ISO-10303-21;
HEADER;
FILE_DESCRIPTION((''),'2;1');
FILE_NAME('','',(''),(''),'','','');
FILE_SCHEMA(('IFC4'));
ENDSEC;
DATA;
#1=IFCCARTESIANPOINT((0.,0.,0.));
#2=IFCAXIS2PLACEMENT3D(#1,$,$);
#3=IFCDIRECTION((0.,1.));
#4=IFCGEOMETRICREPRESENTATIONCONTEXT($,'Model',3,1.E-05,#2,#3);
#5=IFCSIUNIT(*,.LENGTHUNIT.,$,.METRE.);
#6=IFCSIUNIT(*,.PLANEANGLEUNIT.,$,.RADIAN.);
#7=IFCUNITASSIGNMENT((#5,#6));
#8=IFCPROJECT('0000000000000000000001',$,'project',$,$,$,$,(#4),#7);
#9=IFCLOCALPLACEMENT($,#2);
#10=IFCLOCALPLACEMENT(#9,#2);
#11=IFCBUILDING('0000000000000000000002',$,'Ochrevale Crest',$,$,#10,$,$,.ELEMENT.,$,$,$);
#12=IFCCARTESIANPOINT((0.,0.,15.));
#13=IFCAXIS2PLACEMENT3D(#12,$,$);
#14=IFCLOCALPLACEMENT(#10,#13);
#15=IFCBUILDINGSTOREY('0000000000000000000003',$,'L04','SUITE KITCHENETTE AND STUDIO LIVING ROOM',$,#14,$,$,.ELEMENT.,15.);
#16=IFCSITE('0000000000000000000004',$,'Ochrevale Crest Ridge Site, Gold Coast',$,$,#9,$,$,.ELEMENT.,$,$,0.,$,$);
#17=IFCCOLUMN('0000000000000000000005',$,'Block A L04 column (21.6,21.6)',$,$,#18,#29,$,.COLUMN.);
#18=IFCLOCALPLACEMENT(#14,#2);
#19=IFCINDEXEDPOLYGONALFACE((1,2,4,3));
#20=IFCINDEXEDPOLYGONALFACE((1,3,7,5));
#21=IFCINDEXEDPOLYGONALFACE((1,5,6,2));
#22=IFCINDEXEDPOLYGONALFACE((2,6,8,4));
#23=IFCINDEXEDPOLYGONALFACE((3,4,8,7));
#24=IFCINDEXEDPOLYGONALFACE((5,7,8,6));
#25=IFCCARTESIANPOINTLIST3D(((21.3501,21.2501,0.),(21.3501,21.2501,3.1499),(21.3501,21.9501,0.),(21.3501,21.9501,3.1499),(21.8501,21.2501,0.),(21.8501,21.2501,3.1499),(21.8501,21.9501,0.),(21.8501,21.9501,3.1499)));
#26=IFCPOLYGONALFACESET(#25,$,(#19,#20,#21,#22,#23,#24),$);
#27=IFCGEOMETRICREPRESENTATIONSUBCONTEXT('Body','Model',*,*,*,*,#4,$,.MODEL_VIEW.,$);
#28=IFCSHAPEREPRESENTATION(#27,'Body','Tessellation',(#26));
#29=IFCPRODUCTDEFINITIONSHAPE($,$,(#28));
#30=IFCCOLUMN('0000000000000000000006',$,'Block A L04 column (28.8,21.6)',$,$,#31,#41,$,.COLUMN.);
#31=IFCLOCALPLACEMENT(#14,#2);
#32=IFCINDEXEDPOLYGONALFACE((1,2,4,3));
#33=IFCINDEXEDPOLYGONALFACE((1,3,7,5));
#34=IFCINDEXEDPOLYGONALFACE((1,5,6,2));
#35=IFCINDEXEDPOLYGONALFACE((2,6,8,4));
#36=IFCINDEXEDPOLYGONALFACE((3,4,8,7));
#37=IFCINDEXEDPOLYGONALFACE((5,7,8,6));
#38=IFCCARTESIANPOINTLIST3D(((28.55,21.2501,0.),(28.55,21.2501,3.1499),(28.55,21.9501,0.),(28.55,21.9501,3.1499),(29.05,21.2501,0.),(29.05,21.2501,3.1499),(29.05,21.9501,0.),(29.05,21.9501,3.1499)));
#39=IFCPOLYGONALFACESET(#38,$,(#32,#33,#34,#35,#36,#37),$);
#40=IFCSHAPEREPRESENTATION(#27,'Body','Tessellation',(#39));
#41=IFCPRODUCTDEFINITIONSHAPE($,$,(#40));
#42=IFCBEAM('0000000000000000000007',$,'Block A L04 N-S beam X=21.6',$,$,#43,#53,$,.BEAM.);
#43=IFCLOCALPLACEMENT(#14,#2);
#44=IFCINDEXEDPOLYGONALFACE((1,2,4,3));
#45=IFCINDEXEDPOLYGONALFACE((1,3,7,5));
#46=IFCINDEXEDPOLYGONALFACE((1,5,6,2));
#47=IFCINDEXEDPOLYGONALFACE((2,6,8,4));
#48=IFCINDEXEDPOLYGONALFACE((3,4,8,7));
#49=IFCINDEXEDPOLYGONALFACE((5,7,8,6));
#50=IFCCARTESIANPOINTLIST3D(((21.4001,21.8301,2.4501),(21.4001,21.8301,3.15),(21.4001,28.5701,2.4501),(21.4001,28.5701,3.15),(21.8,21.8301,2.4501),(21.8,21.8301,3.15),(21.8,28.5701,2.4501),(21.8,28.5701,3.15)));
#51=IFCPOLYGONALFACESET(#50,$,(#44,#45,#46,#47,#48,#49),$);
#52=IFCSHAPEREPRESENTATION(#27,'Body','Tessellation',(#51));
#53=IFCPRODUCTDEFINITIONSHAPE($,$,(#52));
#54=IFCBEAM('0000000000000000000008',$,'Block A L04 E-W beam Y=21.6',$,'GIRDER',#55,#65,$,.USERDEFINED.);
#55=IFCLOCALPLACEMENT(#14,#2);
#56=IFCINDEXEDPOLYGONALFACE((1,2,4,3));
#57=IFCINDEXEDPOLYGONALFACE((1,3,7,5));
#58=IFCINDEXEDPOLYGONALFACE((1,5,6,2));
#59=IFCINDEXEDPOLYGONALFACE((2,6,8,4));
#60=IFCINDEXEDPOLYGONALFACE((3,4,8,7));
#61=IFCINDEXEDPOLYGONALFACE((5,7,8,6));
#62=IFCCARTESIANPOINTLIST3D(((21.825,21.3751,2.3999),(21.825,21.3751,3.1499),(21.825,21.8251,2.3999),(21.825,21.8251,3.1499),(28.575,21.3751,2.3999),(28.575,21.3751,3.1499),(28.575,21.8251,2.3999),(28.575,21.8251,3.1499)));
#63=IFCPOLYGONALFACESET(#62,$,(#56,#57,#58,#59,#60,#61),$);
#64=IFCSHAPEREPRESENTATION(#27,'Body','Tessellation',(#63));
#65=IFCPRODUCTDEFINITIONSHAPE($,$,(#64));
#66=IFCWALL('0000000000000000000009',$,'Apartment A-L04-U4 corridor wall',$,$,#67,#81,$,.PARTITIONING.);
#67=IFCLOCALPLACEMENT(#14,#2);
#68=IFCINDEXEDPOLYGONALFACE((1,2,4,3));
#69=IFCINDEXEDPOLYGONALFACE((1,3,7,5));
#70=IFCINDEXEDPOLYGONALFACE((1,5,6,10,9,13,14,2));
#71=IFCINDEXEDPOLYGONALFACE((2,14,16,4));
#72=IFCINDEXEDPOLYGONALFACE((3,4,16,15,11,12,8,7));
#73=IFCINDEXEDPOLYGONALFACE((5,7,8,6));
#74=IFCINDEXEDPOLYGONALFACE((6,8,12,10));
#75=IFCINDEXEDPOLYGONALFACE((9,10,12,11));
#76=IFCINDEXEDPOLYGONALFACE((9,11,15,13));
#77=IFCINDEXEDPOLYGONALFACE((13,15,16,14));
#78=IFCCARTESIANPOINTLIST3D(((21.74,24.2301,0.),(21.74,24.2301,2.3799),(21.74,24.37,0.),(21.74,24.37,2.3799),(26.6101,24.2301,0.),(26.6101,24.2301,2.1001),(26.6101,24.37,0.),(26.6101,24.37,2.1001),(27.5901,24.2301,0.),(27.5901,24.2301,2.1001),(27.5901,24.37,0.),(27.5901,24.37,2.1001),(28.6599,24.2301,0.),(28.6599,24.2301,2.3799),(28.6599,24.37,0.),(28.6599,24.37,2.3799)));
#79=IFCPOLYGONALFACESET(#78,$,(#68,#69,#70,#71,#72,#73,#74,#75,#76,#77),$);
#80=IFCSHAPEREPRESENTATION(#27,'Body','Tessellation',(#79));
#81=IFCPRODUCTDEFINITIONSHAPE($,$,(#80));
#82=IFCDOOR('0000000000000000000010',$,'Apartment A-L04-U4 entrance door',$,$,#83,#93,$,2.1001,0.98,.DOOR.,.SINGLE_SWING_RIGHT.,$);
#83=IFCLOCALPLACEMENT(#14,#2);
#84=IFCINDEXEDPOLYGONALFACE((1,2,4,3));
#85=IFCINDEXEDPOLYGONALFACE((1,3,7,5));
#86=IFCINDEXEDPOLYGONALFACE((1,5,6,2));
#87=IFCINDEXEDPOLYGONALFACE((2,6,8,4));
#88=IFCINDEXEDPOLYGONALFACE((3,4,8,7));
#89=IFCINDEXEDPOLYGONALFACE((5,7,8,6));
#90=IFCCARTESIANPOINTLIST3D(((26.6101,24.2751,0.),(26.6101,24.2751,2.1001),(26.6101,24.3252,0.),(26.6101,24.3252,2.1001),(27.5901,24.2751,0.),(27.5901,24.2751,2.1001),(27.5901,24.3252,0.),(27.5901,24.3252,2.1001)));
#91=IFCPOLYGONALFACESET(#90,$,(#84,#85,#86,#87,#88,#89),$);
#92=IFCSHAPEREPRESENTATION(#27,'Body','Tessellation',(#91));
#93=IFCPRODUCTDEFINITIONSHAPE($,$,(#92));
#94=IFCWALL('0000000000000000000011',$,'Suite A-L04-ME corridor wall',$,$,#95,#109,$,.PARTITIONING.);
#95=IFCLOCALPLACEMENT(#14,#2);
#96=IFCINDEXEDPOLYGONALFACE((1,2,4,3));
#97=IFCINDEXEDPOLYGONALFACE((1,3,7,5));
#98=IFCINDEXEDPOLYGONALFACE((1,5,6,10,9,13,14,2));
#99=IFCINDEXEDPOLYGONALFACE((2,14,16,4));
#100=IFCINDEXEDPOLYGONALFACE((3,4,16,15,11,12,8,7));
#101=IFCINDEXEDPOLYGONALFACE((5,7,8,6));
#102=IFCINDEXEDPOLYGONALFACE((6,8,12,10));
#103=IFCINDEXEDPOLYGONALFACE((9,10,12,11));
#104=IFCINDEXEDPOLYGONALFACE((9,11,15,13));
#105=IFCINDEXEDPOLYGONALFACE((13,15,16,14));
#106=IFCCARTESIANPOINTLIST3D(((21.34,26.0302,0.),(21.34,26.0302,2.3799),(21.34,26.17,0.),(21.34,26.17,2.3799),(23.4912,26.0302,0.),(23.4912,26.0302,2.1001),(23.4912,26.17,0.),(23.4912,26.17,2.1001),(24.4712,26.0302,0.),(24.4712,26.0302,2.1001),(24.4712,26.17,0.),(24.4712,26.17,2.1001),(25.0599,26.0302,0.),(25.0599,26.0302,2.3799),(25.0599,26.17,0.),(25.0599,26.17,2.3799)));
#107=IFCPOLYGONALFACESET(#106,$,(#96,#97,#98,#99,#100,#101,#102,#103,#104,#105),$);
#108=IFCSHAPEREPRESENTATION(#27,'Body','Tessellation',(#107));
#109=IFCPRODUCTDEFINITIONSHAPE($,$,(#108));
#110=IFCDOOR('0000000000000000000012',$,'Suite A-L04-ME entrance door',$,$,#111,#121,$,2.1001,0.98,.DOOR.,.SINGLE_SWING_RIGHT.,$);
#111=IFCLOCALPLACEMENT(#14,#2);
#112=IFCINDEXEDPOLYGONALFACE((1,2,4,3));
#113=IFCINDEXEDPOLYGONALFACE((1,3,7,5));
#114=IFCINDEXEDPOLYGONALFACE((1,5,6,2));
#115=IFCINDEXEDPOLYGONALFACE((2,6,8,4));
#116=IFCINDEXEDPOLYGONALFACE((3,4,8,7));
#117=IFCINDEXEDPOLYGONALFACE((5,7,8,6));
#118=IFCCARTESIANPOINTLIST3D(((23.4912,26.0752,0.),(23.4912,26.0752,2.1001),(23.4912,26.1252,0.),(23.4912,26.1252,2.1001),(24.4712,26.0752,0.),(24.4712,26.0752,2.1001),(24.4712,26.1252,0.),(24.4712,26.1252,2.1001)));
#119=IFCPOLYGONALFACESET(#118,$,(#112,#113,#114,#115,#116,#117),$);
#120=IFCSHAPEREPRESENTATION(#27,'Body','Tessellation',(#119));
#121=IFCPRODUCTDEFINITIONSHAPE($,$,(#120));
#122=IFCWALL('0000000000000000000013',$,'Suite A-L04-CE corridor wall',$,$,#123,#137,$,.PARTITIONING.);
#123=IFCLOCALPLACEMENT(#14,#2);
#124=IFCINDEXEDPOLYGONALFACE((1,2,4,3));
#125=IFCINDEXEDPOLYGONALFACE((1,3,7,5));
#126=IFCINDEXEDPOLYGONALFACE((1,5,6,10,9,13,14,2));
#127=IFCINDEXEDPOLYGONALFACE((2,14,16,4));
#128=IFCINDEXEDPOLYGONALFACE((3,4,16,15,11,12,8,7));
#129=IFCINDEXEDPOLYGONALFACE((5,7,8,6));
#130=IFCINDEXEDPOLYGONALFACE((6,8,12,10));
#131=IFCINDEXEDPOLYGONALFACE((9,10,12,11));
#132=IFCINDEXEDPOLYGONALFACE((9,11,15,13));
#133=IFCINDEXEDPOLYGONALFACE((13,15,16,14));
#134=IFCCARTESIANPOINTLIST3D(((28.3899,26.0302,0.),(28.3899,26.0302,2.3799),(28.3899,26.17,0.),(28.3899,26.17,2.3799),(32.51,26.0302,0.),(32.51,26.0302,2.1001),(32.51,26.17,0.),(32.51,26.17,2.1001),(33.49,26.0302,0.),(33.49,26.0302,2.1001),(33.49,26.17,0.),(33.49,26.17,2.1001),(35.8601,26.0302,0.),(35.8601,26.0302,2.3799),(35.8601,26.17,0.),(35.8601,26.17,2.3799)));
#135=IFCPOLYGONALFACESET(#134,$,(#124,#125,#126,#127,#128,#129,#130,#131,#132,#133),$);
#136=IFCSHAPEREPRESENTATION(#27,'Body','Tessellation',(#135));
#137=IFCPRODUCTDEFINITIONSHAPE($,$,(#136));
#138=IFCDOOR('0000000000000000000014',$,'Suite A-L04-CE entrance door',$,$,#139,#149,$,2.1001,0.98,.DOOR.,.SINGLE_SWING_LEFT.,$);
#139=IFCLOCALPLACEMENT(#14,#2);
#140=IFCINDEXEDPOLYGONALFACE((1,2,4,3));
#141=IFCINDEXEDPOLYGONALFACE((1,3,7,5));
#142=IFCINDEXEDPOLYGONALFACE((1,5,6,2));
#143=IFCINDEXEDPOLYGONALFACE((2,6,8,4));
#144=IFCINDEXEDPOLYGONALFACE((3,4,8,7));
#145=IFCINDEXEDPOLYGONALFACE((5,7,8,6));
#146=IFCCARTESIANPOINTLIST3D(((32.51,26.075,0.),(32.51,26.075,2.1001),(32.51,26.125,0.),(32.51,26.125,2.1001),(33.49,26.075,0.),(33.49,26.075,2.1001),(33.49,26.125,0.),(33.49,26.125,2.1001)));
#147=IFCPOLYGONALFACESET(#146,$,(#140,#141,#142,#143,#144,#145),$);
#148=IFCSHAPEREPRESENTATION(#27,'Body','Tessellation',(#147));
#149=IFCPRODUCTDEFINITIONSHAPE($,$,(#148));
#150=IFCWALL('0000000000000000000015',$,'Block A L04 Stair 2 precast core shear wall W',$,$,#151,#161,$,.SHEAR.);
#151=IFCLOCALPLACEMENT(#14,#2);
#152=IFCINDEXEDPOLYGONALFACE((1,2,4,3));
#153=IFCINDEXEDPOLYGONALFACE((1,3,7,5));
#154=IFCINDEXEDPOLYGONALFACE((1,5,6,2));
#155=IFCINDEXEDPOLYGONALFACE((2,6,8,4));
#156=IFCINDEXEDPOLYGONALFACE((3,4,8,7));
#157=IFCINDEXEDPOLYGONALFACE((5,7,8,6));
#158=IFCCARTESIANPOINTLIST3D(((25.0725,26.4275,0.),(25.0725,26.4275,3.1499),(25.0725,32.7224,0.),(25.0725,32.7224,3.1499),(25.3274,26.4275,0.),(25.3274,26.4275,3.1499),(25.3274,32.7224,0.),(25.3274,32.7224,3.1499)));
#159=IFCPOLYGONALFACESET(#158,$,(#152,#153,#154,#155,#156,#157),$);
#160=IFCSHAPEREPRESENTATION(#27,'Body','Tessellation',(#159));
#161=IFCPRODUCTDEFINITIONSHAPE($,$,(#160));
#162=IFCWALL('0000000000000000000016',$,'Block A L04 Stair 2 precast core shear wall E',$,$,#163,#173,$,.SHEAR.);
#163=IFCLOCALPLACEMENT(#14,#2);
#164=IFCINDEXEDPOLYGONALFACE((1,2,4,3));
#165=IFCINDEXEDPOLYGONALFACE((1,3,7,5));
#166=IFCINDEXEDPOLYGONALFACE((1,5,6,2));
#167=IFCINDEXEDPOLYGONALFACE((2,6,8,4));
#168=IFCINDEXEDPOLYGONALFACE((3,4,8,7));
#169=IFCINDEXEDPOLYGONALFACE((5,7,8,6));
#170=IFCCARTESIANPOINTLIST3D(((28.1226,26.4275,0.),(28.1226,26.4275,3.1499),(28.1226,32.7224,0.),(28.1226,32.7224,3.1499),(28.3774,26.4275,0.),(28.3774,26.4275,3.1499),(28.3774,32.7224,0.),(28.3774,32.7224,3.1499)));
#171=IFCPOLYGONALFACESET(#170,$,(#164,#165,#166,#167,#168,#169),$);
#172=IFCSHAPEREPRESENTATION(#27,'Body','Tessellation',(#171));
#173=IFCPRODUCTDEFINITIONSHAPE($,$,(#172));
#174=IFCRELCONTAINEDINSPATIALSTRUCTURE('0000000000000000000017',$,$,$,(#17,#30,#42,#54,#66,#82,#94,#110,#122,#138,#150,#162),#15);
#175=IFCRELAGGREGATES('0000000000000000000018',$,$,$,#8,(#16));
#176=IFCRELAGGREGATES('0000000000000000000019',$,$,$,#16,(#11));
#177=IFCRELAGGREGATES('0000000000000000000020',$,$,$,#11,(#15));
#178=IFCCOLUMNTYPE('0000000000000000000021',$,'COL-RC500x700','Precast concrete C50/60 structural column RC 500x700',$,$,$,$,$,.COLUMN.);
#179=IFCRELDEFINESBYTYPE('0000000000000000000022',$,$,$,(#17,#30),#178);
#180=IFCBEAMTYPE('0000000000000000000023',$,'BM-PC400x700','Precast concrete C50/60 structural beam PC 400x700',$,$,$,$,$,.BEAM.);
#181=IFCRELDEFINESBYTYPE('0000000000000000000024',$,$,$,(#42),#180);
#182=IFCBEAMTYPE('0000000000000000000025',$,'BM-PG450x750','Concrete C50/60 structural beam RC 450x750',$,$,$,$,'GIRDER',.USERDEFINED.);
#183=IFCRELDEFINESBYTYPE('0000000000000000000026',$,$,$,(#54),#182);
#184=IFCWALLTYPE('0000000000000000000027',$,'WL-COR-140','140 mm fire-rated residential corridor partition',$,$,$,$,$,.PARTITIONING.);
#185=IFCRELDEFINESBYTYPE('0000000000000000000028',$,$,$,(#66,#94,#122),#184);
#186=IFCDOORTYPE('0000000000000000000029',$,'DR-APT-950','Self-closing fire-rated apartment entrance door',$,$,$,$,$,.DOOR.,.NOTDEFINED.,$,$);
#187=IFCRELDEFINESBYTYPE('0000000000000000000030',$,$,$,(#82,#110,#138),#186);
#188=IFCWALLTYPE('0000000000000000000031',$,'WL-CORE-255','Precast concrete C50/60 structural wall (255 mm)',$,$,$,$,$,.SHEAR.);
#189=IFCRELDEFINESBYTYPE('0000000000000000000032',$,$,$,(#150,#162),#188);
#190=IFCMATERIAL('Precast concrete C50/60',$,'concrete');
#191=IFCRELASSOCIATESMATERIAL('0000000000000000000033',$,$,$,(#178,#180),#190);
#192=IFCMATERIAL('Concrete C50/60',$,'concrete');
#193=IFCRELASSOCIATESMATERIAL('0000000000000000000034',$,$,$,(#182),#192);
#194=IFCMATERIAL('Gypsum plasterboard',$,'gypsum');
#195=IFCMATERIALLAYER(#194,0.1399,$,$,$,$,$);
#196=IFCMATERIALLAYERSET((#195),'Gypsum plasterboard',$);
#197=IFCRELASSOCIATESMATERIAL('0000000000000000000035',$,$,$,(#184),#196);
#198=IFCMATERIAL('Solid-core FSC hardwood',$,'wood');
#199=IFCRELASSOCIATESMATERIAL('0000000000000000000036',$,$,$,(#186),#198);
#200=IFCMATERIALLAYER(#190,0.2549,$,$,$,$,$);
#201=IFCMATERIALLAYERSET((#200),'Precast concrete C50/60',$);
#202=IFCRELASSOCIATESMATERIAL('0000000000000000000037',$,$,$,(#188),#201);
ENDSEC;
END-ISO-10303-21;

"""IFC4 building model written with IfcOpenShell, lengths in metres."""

from ifc_helpers import new_model, si_unit, direction, frame, frame_2d, origin, origin_2d, place, context, subcontext, project, spatial, rectangle, extrude, material, layer, layer_set, material_profile, profile_set, type_object, element, fill, save


model = new_model("IFC4")

# Units and contexts
model_context = context("Model", 3, precision=1e-05, world=origin(), true_north=direction((0.0, 1.0)))
body_context = subcontext(model_context, "Body", "Model", "MODEL_VIEW")
ifc_project = project(units=[si_unit("LENGTHUNIT", "METRE"), si_unit("PLANEANGLEUNIT", "RADIAN")], contexts=[model_context])

# Site, building, storey
site_placement = place(None, origin())
site = spatial("IfcSite", under=ifc_project, at=site_placement, Name="Ochrevale Crest Ridge Site, Gold Coast", CompositionType="ELEMENT", RefElevation=0.0)
building_placement = place(site_placement, origin())
building = spatial("IfcBuilding", under=site, at=building_placement, Name="Ochrevale Crest", CompositionType="ELEMENT")
storey_placement = place(building_placement, frame((0.0, 0.0, 15.0)))
storey = spatial("IfcBuildingStorey", under=building, at=storey_placement, Name="L04", Description="SUITE KITCHENETTE AND STUDIO LIVING ROOM", CompositionType="ELEMENT", Elevation=15.0)

# Columns
ifc_material_1 = material(Name="Precast concrete C50/60", Category="concrete")
ifc_material_profile_1 = material_profile(ifc_material_1, rectangle(XDim=0.5, YDim=0.7, at=origin_2d()), Name="RC 500x700")
ifc_profile_set_1 = profile_set([ifc_material_profile_1], Name="Precast concrete C50/60")
column_type = type_object("IfcColumnType", Name="COL-RC500x700", Description="Precast concrete C50/60 structural column RC 500x700", PredefinedType="COLUMN", material=ifc_profile_set_1)
for number, where, z_axis, x_axis, name in (
    (1, (21.6001, 21.6001, 0.0), (0.0, 0.0, 1.0), (1.0, 0.0, 0.0), "Block A L04 column (21.6,21.6)"),
    (2, (28.8, 21.6001, 0.0), (0.0, 0.0, 1.0), (1.0, 0.0, 0.0), "Block A L04 column (28.8,21.6)"),
):
    element("IfcColumn", number, at=place(storey_placement, frame(where, z_axis=z_axis, x_axis=x_axis)), inside=storey, type_object=column_type, Name=name, PredefinedType="COLUMN", context=body_context, shape_type="SweptSolid", body=[
        extrude(rectangle(XDim=0.5, YDim=0.7, at=origin_2d()), origin(), (0.0, 0.0, 1.0), 3.1499),
    ])

# Beams
ifc_material_profile_2 = material_profile(ifc_material_1, rectangle(XDim=0.3999, YDim=0.7, at=origin_2d()), Name="PC 400x700")
ifc_profile_set_2 = profile_set([ifc_material_profile_2], Name="Precast concrete C50/60")
beam_type_1 = type_object("IfcBeamType", Name="BM-PC400x700", Description="Precast concrete C50/60 structural beam PC 400x700", PredefinedType="BEAM", material=ifc_profile_set_2)
beam_1_placement = place(storey_placement, frame((21.6001, 21.8301, 2.8), z_axis=(0.0, 1.0, 0.0), x_axis=(-1.0, 0.0, 0.0)))
element("IfcBeam", 3, at=beam_1_placement, inside=storey, type_object=beam_type_1, Name="Block A L04 N-S beam X=21.6", PredefinedType="BEAM", context=body_context, shape_type="SweptSolid", body=[
    extrude(rectangle(XDim=0.3999, YDim=0.7, at=origin_2d()), origin(), (0.0, 0.0, 1.0), 6.74),
])
ifc_material_2 = material(Name="Concrete C50/60", Category="concrete")
ifc_material_profile_3 = material_profile(ifc_material_2, rectangle(XDim=0.45, YDim=0.75, at=origin_2d()), Name="RC 450x750")
ifc_profile_set_3 = profile_set([ifc_material_profile_3], Name="Concrete C50/60")
beam_type_2 = type_object("IfcBeamType", Name="BM-PG450x750", Description="Concrete C50/60 structural beam RC 450x750", ElementType="GIRDER", PredefinedType="USERDEFINED", material=ifc_profile_set_3)
beam_2_placement = place(storey_placement, frame((21.825, 21.6001, 2.7749), z_axis=(1.0, 0.0, 0.0), x_axis=(0.0, 1.0, 0.0)))
element("IfcBeam", 4, at=beam_2_placement, inside=storey, type_object=beam_type_2, Name="Block A L04 E-W beam Y=21.6", ObjectType="GIRDER", PredefinedType="USERDEFINED", context=body_context, shape_type="SweptSolid", body=[
    extrude(rectangle(XDim=0.45, YDim=0.75, at=origin_2d()), origin(), (0.0, 0.0, 1.0), 6.75),
])

# Walls, openings, doors
ifc_material_3 = material(Name="Gypsum plasterboard", Category="gypsum")
ifc_layer_1 = layer(ifc_material_3, 0.1399)
ifc_layer_set_1 = layer_set([ifc_layer_1], Name="Gypsum plasterboard")
wall_type_1 = type_object("IfcWallType", Name="WL-COR-140", Description="140 mm fire-rated residential corridor partition", PredefinedType="PARTITIONING", material=ifc_layer_set_1)
wall_1_placement = place(storey_placement, frame((21.74, 24.3, 0.0), z_axis=(0.0, 0.0, 1.0), x_axis=(1.0, 0.0, 0.0)))
wall_1 = element("IfcWall", 5, at=wall_1_placement, inside=storey, type_object=wall_type_1, Name="Apartment A-L04-U4 corridor wall", PredefinedType="PARTITIONING", context=body_context, shape_type="SweptSolid", body=[
    extrude(rectangle(XDim=6.9199, YDim=0.1399, at=frame_2d((3.46, 0.0))), origin(), (0.0, 0.0, 1.0), 2.3799),
])
opening_1_placement = place(wall_1_placement, frame((5.8501, 0.0, 0.0), z_axis=(0.0, 0.0, 1.0), x_axis=(-1.0, 0.0, 0.0)))
opening_1 = element("IfcOpeningElement", 6, at=opening_1_placement, cuts=wall_1, PredefinedType="OPENING", context=body_context, shape_type="SweptSolid", body=[
    extrude(rectangle(XDim=0.98, YDim=2.1001, at=frame_2d((0.49, 1.05))), frame((0.0, 0.0801, 0.0), z_axis=(0.0, -1.0, 0.0), x_axis=(1.0, 0.0, 0.0)), (0.0, 0.0, 1.0), 0.1599),
])
ifc_material_4 = material(Name="Solid-core FSC hardwood", Category="wood")
door_type_1 = type_object("IfcDoorType", Name="DR-APT-950", Description="Self-closing fire-rated apartment entrance door", OperationType="NOTDEFINED", PredefinedType="DOOR", material=ifc_material_4)
door_1_placement = place(opening_1_placement, origin())
door_1 = element("IfcDoor", 7, at=door_1_placement, inside=storey, type_object=door_type_1, Name="Apartment A-L04-U4 entrance door", OperationType="SINGLE_SWING_RIGHT", OverallHeight=2.1001, OverallWidth=0.98, PredefinedType="DOOR", context=body_context, shape_type="SweptSolid", body=[
    extrude(rectangle(XDim=0.98, YDim=2.1001, at=frame_2d((0.49, 1.05))), frame((0.0, 0.0249, 0.0), z_axis=(0.0, -1.0, 0.0), x_axis=(1.0, 0.0, 0.0)), (0.0, 0.0, 1.0), 0.05),
])
fill(opening_1, door_1)
wall_2_placement = place(storey_placement, frame((21.3401, 26.1001, 0.0), z_axis=(0.0, 0.0, 1.0), x_axis=(1.0, 0.0, 0.0)))
wall_2 = element("IfcWall", 8, at=wall_2_placement, inside=storey, type_object=wall_type_1, Name="Suite A-L04-ME corridor wall", PredefinedType="PARTITIONING", context=body_context, shape_type="SweptSolid", body=[
    extrude(rectangle(XDim=3.72, YDim=0.1399, at=frame_2d((1.8599, 0.0))), origin(), (0.0, 0.0, 1.0), 2.3799),
])
opening_2_placement = place(wall_2_placement, frame((3.1311, 0.0, 0.0), z_axis=(0.0, 0.0, 1.0), x_axis=(-1.0, 0.0, 0.0)))
opening_2 = element("IfcOpeningElement", 9, at=opening_2_placement, cuts=wall_2, PredefinedType="OPENING", context=body_context, shape_type="SweptSolid", body=[
    extrude(rectangle(XDim=0.98, YDim=2.1001, at=frame_2d((0.49, 1.05))), frame((0.0, 0.0801, 0.0), z_axis=(0.0, -1.0, 0.0), x_axis=(1.0, 0.0, 0.0)), (0.0, 0.0, 1.0), 0.1599),
])
door_2_placement = place(opening_2_placement, origin())
door_2 = element("IfcDoor", 10, at=door_2_placement, inside=storey, type_object=door_type_1, Name="Suite A-L04-ME entrance door", OperationType="SINGLE_SWING_RIGHT", OverallHeight=2.1001, OverallWidth=0.98, PredefinedType="DOOR", context=body_context, shape_type="SweptSolid", body=[
    extrude(rectangle(XDim=0.98, YDim=2.1001, at=frame_2d((0.49, 1.05))), frame((0.0, 0.0249, 0.0), z_axis=(0.0, -1.0, 0.0), x_axis=(1.0, 0.0, 0.0)), (0.0, 0.0, 1.0), 0.05),
])
fill(opening_2, door_2)
wall_3_placement = place(storey_placement, frame((28.3899, 26.1001, 0.0), z_axis=(0.0, 0.0, 1.0), x_axis=(1.0, 0.0, 0.0)))
wall_3 = element("IfcWall", 11, at=wall_3_placement, inside=storey, type_object=wall_type_1, Name="Suite A-L04-CE corridor wall", PredefinedType="PARTITIONING", context=body_context, shape_type="SweptSolid", body=[
    extrude(rectangle(XDim=7.4702, YDim=0.1399, at=frame_2d((3.7351, 0.0))), origin(), (0.0, 0.0, 1.0), 2.3799),
])
opening_3_placement = place(wall_3_placement, frame((4.1201, 0.0, 0.0)))
opening_3 = element("IfcOpeningElement", 12, at=opening_3_placement, cuts=wall_3, PredefinedType="OPENING", context=body_context, shape_type="SweptSolid", body=[
    extrude(rectangle(XDim=0.98, YDim=2.1001, at=frame_2d((0.49, 1.05))), frame((0.0, 0.0801, 0.0), z_axis=(0.0, -1.0, 0.0), x_axis=(1.0, 0.0, 0.0)), (0.0, 0.0, 1.0), 0.1599),
])
door_3_placement = place(opening_3_placement, origin())
door_3 = element("IfcDoor", 13, at=door_3_placement, inside=storey, type_object=door_type_1, Name="Suite A-L04-CE entrance door", OperationType="SINGLE_SWING_LEFT", OverallHeight=2.1001, OverallWidth=0.98, PredefinedType="DOOR", context=body_context, shape_type="SweptSolid", body=[
    extrude(rectangle(XDim=0.98, YDim=2.1001, at=frame_2d((0.49, 1.05))), frame((0.0, 0.0249, 0.0), z_axis=(0.0, -1.0, 0.0), x_axis=(1.0, 0.0, 0.0)), (0.0, 0.0, 1.0), 0.05),
])
fill(opening_3, door_3)
ifc_layer_2 = layer(ifc_material_1, 0.2549)
ifc_layer_set_2 = layer_set([ifc_layer_2], Name="Precast concrete C50/60")
wall_type_2 = type_object("IfcWallType", Name="WL-CORE-255", Description="Precast concrete C50/60 structural wall (255 mm)", PredefinedType="SHEAR", material=ifc_layer_set_2)

# Walls
for number, where, z_axis, x_axis, name in (
    (14, (25.2, 26.4275, 0.0), (0.0, 0.0, 1.0), (0.0, 1.0, 0.0), "Block A L04 Stair 2 precast core shear wall W"),
    (15, (28.25, 26.4275, 0.0), (0.0, 0.0, 1.0), (0.0, 1.0, 0.0), "Block A L04 Stair 2 precast core shear wall E"),
):
    element("IfcWall", number, at=place(storey_placement, frame(where, z_axis=z_axis, x_axis=x_axis)), inside=storey, type_object=wall_type_2, Name=name, PredefinedType="SHEAR", context=body_context, shape_type="SweptSolid", body=[
        extrude(rectangle(XDim=6.2949, YDim=0.2549, at=frame_2d((3.1475, 0.0))), origin(), (0.0, 0.0, 1.0), 3.1499),
    ])

save(model, "model.ifc")
